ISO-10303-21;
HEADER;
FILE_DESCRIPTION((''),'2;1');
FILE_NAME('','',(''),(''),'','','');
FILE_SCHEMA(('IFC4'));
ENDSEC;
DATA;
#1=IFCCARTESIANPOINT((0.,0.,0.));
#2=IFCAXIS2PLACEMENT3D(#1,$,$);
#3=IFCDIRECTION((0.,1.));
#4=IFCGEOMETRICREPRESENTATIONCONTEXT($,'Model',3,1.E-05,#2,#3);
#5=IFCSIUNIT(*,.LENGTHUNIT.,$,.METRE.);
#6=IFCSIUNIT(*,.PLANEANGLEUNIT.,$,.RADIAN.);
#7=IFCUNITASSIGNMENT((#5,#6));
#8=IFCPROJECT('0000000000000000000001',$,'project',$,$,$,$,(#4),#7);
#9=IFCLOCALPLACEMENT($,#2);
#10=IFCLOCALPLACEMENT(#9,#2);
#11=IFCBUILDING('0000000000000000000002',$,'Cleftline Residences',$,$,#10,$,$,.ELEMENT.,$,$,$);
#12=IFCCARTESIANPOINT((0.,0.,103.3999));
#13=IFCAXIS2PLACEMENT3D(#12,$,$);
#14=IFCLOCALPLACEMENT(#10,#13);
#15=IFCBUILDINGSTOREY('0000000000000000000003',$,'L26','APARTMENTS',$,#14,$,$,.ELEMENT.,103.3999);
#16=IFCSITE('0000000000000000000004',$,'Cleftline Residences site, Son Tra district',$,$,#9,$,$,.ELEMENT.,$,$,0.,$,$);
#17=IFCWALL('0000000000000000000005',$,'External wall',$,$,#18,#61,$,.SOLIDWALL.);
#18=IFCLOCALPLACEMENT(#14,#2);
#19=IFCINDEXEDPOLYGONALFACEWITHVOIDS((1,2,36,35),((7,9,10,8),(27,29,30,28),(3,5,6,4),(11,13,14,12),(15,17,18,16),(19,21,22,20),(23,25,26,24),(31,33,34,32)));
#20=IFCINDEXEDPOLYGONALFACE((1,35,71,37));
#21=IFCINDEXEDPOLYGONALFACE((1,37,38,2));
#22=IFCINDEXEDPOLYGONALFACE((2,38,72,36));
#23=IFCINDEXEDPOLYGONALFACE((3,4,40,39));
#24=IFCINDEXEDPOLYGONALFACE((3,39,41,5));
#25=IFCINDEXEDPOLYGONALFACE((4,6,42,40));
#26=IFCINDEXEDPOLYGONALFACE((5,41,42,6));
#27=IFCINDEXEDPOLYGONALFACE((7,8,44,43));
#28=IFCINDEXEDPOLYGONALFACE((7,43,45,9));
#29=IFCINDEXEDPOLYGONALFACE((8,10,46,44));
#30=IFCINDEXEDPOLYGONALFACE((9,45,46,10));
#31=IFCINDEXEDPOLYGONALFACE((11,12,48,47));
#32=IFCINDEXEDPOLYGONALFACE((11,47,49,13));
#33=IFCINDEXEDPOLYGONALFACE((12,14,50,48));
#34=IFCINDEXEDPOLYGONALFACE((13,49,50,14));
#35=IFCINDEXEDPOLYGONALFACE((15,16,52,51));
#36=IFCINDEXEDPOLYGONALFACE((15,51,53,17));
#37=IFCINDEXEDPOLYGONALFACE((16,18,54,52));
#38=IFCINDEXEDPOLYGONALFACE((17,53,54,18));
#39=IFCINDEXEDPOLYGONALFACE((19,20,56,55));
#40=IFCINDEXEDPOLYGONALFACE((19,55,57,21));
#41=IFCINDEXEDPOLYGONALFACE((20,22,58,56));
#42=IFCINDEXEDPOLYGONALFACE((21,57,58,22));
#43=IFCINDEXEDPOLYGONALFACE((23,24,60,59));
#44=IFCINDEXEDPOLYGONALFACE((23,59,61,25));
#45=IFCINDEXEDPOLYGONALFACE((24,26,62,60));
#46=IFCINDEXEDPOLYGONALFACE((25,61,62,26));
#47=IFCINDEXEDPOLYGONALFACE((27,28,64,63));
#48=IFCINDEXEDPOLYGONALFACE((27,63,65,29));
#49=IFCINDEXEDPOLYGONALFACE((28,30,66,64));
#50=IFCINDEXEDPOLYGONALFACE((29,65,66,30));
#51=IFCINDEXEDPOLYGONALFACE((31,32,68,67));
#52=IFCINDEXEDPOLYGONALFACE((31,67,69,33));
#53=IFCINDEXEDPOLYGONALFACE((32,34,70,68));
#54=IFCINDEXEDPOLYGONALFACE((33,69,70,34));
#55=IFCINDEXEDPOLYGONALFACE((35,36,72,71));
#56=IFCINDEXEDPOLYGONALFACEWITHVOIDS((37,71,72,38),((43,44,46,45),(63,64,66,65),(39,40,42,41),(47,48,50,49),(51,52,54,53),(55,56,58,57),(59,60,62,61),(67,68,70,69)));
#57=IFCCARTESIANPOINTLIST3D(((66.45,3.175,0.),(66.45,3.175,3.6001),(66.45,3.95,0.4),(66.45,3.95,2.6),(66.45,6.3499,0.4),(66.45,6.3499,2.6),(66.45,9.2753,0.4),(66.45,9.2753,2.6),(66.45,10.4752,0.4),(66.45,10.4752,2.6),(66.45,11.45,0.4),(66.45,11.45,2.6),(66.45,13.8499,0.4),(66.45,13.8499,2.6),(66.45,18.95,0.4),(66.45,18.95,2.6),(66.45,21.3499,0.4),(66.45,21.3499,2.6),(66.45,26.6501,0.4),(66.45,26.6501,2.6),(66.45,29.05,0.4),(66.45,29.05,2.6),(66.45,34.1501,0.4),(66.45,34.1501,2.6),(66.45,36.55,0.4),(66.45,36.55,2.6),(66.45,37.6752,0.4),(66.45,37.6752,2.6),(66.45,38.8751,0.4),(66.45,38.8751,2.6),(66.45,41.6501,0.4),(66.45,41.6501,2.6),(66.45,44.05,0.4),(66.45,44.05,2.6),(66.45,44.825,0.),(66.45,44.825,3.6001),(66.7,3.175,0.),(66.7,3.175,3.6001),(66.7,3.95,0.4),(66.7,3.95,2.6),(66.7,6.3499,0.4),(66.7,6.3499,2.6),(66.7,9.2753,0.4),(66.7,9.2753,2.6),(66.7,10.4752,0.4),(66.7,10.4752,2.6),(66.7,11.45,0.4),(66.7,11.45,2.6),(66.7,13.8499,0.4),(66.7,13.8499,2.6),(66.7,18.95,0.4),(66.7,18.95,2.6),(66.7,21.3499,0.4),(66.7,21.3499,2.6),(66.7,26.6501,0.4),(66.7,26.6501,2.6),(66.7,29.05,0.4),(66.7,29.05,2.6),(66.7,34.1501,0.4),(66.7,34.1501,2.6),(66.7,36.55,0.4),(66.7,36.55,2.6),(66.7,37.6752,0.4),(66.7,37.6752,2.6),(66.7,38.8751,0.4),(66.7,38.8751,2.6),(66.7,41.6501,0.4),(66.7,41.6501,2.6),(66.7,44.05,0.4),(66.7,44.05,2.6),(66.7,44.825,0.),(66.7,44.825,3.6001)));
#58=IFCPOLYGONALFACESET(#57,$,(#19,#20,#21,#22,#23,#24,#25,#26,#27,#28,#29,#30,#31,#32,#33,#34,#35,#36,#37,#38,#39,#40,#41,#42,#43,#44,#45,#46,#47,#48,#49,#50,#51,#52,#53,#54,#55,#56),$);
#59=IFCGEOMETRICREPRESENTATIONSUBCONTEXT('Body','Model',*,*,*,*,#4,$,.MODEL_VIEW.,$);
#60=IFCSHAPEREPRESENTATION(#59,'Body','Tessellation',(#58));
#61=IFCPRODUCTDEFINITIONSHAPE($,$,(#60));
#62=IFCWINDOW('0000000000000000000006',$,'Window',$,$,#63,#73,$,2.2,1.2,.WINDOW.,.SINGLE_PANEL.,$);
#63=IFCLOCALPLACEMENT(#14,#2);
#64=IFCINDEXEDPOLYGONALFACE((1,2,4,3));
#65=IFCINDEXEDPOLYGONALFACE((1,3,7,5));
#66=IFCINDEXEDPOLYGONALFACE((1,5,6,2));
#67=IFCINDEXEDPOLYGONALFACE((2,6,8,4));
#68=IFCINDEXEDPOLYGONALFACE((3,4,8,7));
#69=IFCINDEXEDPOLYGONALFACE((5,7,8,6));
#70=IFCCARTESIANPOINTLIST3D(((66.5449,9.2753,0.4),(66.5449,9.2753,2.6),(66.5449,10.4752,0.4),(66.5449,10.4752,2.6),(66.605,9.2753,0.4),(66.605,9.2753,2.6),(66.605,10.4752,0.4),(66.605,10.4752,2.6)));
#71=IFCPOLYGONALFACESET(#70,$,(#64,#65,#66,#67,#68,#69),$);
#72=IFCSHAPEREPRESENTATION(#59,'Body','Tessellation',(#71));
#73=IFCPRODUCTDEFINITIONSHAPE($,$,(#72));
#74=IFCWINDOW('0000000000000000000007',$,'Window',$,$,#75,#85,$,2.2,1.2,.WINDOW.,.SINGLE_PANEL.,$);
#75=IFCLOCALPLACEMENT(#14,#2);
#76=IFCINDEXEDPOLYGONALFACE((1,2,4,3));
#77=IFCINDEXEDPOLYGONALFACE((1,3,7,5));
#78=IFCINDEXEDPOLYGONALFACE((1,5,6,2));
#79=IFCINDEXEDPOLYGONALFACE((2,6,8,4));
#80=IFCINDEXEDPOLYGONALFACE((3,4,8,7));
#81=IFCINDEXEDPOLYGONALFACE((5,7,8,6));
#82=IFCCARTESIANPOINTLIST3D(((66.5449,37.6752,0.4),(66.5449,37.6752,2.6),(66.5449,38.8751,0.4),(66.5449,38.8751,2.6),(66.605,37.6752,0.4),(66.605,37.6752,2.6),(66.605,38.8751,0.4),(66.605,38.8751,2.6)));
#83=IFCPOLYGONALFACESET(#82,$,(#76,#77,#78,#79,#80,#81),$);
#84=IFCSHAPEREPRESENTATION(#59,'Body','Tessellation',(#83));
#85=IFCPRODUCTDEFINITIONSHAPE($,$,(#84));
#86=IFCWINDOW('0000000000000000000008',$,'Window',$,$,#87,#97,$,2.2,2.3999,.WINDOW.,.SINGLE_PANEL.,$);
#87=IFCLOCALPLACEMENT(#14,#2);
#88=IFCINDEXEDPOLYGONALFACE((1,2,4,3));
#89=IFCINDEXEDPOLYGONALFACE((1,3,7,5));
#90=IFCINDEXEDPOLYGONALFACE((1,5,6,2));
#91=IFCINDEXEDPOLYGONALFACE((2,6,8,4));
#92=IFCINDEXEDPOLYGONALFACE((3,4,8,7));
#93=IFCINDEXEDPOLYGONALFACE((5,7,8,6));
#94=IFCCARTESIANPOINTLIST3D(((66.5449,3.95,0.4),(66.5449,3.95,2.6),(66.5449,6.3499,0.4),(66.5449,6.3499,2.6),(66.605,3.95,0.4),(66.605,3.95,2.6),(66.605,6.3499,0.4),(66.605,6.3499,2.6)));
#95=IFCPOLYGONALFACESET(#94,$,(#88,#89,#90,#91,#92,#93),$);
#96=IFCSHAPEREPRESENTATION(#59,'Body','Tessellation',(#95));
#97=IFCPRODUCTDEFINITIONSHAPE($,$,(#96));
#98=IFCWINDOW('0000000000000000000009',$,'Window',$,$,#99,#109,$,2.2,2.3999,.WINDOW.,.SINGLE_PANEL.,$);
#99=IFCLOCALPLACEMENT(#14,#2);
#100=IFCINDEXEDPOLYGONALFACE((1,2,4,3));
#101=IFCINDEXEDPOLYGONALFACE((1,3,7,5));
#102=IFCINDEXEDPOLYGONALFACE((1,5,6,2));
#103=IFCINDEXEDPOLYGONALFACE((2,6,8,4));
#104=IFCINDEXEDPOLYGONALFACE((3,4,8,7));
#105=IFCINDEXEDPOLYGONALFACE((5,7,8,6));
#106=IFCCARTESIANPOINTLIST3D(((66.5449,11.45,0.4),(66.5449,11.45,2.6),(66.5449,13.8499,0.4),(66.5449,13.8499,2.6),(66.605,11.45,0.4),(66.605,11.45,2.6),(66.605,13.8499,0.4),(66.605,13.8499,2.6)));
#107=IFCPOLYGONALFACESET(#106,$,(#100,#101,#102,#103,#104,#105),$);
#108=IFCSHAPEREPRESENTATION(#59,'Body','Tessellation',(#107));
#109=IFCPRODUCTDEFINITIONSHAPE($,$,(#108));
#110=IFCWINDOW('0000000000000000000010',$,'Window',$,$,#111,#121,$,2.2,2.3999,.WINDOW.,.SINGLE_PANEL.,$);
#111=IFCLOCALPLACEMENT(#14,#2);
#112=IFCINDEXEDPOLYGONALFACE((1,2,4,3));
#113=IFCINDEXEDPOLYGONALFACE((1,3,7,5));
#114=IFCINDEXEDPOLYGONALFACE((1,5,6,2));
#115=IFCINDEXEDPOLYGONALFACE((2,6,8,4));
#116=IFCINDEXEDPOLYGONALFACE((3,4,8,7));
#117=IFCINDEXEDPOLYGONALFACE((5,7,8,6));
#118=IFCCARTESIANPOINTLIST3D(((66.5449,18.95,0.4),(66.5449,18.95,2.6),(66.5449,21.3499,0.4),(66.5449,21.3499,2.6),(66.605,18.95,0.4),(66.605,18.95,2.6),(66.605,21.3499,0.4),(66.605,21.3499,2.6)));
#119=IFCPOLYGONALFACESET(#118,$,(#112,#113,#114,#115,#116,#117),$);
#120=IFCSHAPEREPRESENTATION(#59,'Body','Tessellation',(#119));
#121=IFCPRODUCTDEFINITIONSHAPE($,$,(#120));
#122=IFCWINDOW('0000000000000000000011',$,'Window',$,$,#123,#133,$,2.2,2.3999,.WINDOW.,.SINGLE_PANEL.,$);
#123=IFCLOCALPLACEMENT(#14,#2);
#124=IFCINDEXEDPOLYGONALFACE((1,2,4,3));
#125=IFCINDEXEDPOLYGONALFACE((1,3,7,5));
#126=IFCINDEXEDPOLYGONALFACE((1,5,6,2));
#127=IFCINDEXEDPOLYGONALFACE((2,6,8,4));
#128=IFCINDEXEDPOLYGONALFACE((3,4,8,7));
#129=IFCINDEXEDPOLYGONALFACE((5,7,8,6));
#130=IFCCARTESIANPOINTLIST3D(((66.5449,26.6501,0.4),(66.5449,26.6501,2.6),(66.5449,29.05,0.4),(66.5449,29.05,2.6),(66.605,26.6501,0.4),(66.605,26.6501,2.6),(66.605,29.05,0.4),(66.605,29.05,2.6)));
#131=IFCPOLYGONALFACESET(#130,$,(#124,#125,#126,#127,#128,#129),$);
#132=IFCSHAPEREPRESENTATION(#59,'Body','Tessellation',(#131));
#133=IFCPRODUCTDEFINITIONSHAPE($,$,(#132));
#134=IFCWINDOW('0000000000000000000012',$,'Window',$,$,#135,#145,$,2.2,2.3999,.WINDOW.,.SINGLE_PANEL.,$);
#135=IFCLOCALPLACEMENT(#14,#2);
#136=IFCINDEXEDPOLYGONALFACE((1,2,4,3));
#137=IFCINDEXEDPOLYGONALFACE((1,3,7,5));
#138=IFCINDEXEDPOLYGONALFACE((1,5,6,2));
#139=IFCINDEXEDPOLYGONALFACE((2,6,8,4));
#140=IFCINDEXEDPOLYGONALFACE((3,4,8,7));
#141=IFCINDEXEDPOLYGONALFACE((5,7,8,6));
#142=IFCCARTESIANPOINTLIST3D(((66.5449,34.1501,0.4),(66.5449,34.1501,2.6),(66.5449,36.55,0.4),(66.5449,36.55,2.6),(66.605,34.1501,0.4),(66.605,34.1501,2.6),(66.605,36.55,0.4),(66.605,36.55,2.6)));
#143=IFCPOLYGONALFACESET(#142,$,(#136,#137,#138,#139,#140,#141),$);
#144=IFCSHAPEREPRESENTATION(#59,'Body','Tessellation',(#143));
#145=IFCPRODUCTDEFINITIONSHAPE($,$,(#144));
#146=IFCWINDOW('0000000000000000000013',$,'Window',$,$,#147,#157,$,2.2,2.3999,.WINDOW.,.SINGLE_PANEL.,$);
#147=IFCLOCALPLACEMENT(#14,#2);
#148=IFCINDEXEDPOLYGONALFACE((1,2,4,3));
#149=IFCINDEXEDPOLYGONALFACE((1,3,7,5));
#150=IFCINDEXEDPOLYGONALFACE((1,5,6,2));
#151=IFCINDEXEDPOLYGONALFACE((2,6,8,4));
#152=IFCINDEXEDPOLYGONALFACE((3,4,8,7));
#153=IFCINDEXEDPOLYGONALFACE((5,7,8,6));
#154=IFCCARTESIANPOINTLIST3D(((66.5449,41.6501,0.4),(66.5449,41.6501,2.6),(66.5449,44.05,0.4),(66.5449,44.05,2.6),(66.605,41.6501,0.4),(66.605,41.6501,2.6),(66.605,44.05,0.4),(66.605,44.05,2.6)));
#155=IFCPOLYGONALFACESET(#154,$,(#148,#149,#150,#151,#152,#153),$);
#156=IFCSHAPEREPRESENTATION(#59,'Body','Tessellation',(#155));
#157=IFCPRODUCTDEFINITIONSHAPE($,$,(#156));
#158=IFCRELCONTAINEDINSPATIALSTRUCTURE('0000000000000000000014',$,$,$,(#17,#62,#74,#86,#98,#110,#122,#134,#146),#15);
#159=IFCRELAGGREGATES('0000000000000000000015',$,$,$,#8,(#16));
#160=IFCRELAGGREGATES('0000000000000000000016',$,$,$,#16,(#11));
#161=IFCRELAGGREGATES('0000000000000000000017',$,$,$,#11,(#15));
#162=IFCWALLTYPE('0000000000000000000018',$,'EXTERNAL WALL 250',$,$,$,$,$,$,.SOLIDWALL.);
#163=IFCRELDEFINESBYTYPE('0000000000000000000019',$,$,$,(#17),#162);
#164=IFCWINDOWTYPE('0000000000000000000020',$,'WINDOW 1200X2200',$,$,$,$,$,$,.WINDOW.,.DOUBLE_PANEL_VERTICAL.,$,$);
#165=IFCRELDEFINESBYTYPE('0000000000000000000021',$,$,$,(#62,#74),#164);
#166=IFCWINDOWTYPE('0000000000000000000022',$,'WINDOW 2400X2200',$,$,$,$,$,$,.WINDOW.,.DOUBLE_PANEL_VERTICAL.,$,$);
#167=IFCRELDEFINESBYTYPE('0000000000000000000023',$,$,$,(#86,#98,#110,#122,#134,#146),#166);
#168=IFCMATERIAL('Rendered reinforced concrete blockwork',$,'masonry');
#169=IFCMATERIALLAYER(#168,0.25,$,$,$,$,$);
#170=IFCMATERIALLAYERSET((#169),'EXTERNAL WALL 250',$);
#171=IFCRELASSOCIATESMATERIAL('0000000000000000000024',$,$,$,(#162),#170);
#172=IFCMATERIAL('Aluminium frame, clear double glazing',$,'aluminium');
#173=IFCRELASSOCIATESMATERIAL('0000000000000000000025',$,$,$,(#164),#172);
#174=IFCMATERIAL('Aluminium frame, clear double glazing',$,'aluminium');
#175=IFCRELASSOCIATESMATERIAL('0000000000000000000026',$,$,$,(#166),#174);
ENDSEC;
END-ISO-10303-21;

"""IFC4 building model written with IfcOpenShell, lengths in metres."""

from ifc_helpers import new_model, si_unit, direction, frame, frame_2d, origin, place, context, subcontext, project, spatial, rectangle, extrude, material, layer, layer_set, type_object, element, fill, save


model = new_model("IFC4")

# Units and contexts
model_context = context("Model", 3, precision=1e-05, world=origin(), true_north=direction((0.0, 1.0)))
body_context = subcontext(model_context, "Body", "Model", "MODEL_VIEW")
ifc_project = project(units=[si_unit("LENGTHUNIT", "METRE"), si_unit("PLANEANGLEUNIT", "RADIAN")], contexts=[model_context])

# Site, building, storey
site_placement = place(None, origin())
site = spatial("IfcSite", under=ifc_project, at=site_placement, Name="Cleftline Residences site, Son Tra district", CompositionType="ELEMENT", RefElevation=0.0)
building_placement = place(site_placement, origin())
building = spatial("IfcBuilding", under=site, at=building_placement, Name="Cleftline Residences", CompositionType="ELEMENT")
storey_placement = place(building_placement, frame((0.0, 0.0, 103.3999)))
storey = spatial("IfcBuildingStorey", under=building, at=storey_placement, Name="L26", Description="APARTMENTS", CompositionType="ELEMENT", Elevation=103.3999)

# Wall, openings, windows
ifc_material_1 = material(Name="Rendered reinforced concrete blockwork", Category="masonry")
ifc_layer_1 = layer(ifc_material_1, 0.25)
ifc_layer_set_1 = layer_set([ifc_layer_1], Name="EXTERNAL WALL 250")
wall_type = type_object("IfcWallType", Name="EXTERNAL WALL 250", PredefinedType="SOLIDWALL", material=ifc_layer_set_1)
wall_placement = place(storey_placement, frame((66.575, 3.175, 0.0), z_axis=(0.0, 0.0, 1.0), x_axis=(0.0, 1.0, 0.0)))
wall = element("IfcWall", 1, at=wall_placement, inside=storey, type_object=wall_type, Name="External wall", PredefinedType="SOLIDWALL", context=body_context, shape_type="SweptSolid", body=[
    extrude(rectangle(XDim=41.6499, YDim=0.25, at=frame_2d((20.825, 0.0))), origin(), (0.0, 0.0, 1.0), 3.6001),
])
opening_1_placement = place(wall_placement, frame((0.7749, 0.0, 0.3999)))
opening_1 = element("IfcOpeningElement", 2, at=opening_1_placement, cuts=wall, PredefinedType="OPENING", context=body_context, shape_type="SweptSolid", body=[
    extrude(rectangle(XDim=2.3999, YDim=2.2, at=frame_2d((1.2, 1.1001))), frame((0.0, 0.135, 0.0), z_axis=(0.0, -1.0, 0.0), x_axis=(1.0, 0.0, 0.0)), (0.0, 0.0, 1.0), 0.27),
])
opening_2_placement = place(wall_placement, frame((6.1001, 0.0, 0.3999)))
opening_2 = element("IfcOpeningElement", 3, at=opening_2_placement, cuts=wall, PredefinedType="OPENING", context=body_context, shape_type="SweptSolid", body=[
    extrude(rectangle(XDim=1.2, YDim=2.2, at=frame_2d((0.6001, 1.1001))), frame((0.0, 0.135, 0.0), z_axis=(0.0, -1.0, 0.0), x_axis=(1.0, 0.0, 0.0)), (0.0, 0.0, 1.0), 0.27),
])
opening_3_placement = place(wall_placement, frame((8.2749, 0.0, 0.3999)))
opening_3 = element("IfcOpeningElement", 4, at=opening_3_placement, cuts=wall, PredefinedType="OPENING", context=body_context, shape_type="SweptSolid", body=[
    extrude(rectangle(XDim=2.3999, YDim=2.2, at=frame_2d((1.2, 1.1001))), frame((0.0, 0.135, 0.0), z_axis=(0.0, -1.0, 0.0), x_axis=(1.0, 0.0, 0.0)), (0.0, 0.0, 1.0), 0.27),
])
opening_4_placement = place(wall_placement, frame((15.7749, 0.0, 0.3999)))
opening_4 = element("IfcOpeningElement", 5, at=opening_4_placement, cuts=wall, PredefinedType="OPENING", context=body_context, shape_type="SweptSolid", body=[
    extrude(rectangle(XDim=2.3999, YDim=2.2, at=frame_2d((1.2, 1.1001))), frame((0.0, 0.135, 0.0), z_axis=(0.0, -1.0, 0.0), x_axis=(1.0, 0.0, 0.0)), (0.0, 0.0, 1.0), 0.27),
])
opening_5_placement = place(wall_placement, frame((23.4751, 0.0, 0.3999)))
opening_5 = element("IfcOpeningElement", 6, at=opening_5_placement, cuts=wall, PredefinedType="OPENING", context=body_context, shape_type="SweptSolid", body=[
    extrude(rectangle(XDim=2.3999, YDim=2.2, at=frame_2d((1.2, 1.1001))), frame((0.0, 0.135, 0.0), z_axis=(0.0, -1.0, 0.0), x_axis=(1.0, 0.0, 0.0)), (0.0, 0.0, 1.0), 0.27),
])
opening_6_placement = place(wall_placement, frame((30.9751, 0.0, 0.3999)))
opening_6 = element("IfcOpeningElement", 7, at=opening_6_placement, cuts=wall, PredefinedType="OPENING", context=body_context, shape_type="SweptSolid", body=[
    extrude(rectangle(XDim=2.3999, YDim=2.2, at=frame_2d((1.2, 1.1001))), frame((0.0, 0.135, 0.0), z_axis=(0.0, -1.0, 0.0), x_axis=(1.0, 0.0, 0.0)), (0.0, 0.0, 1.0), 0.27),
])
opening_7_placement = place(wall_placement, frame((34.5, 0.0, 0.3999)))
opening_7 = element("IfcOpeningElement", 8, at=opening_7_placement, cuts=wall, PredefinedType="OPENING", context=body_context, shape_type="SweptSolid", body=[
    extrude(rectangle(XDim=1.2, YDim=2.2, at=frame_2d((0.6001, 1.1001))), frame((0.0, 0.135, 0.0), z_axis=(0.0, -1.0, 0.0), x_axis=(1.0, 0.0, 0.0)), (0.0, 0.0, 1.0), 0.27),
])
opening_8_placement = place(wall_placement, frame((38.4751, 0.0, 0.3999)))
opening_8 = element("IfcOpeningElement", 9, at=opening_8_placement, cuts=wall, PredefinedType="OPENING", context=body_context, shape_type="SweptSolid", body=[
    extrude(rectangle(XDim=2.3999, YDim=2.2, at=frame_2d((1.2, 1.1001))), frame((0.0, 0.135, 0.0), z_axis=(0.0, -1.0, 0.0), x_axis=(1.0, 0.0, 0.0)), (0.0, 0.0, 1.0), 0.27),
])
ifc_material_2 = material(Name="Aluminium frame, clear double glazing", Category="aluminium")
window_type_1 = type_object("IfcWindowType", Name="WINDOW 1200X2200", PartitioningType="DOUBLE_PANEL_VERTICAL", PredefinedType="WINDOW", material=ifc_material_2)
window_1_placement = place(opening_2_placement, origin())
window_1 = element("IfcWindow", 10, at=window_1_placement, inside=storey, type_object=window_type_1, Name="Window", OverallHeight=2.2, OverallWidth=1.2, PartitioningType="SINGLE_PANEL", PredefinedType="WINDOW", context=body_context, shape_type="SweptSolid", body=[
    extrude(rectangle(XDim=1.2, YDim=2.2, at=frame_2d((0.6001, 1.1001))), frame((0.0, 0.03, 0.0), z_axis=(0.0, -1.0, 0.0), x_axis=(1.0, 0.0, 0.0)), (0.0, 0.0, 1.0), 0.0601),
])
fill(opening_2, window_1)
window_2_placement = place(opening_7_placement, origin())
window_2 = element("IfcWindow", 11, at=window_2_placement, inside=storey, type_object=window_type_1, Name="Window", OverallHeight=2.2, OverallWidth=1.2, PartitioningType="SINGLE_PANEL", PredefinedType="WINDOW", context=body_context, shape_type="SweptSolid", body=[
    extrude(rectangle(XDim=1.2, YDim=2.2, at=frame_2d((0.6001, 1.1001))), frame((0.0, 0.03, 0.0), z_axis=(0.0, -1.0, 0.0), x_axis=(1.0, 0.0, 0.0)), (0.0, 0.0, 1.0), 0.0601),
])
fill(opening_7, window_2)
ifc_material_3 = material(Name="Aluminium frame, clear double glazing", Category="aluminium")
window_type_2 = type_object("IfcWindowType", Name="WINDOW 2400X2200", PartitioningType="DOUBLE_PANEL_VERTICAL", PredefinedType="WINDOW", material=ifc_material_3)
window_3_placement = place(opening_1_placement, origin())
window_3 = element("IfcWindow", 12, at=window_3_placement, inside=storey, type_object=window_type_2, Name="Window", OverallHeight=2.2, OverallWidth=2.3999, PartitioningType="SINGLE_PANEL", PredefinedType="WINDOW", context=body_context, shape_type="SweptSolid", body=[
    extrude(rectangle(XDim=2.3999, YDim=2.2, at=frame_2d((1.2, 1.1001))), frame((0.0, 0.03, 0.0), z_axis=(0.0, -1.0, 0.0), x_axis=(1.0, 0.0, 0.0)), (0.0, 0.0, 1.0), 0.0601),
])
fill(opening_1, window_3)
window_4_placement = place(opening_3_placement, origin())
window_4 = element("IfcWindow", 13, at=window_4_placement, inside=storey, type_object=window_type_2, Name="Window", OverallHeight=2.2, OverallWidth=2.3999, PartitioningType="SINGLE_PANEL", PredefinedType="WINDOW", context=body_context, shape_type="SweptSolid", body=[
    extrude(rectangle(XDim=2.3999, YDim=2.2, at=frame_2d((1.2, 1.1001))), frame((0.0, 0.03, 0.0), z_axis=(0.0, -1.0, 0.0), x_axis=(1.0, 0.0, 0.0)), (0.0, 0.0, 1.0), 0.0601),
])
fill(opening_3, window_4)
window_5_placement = place(opening_4_placement, origin())
window_5 = element("IfcWindow", 14, at=window_5_placement, inside=storey, type_object=window_type_2, Name="Window", OverallHeight=2.2, OverallWidth=2.3999, PartitioningType="SINGLE_PANEL", PredefinedType="WINDOW", context=body_context, shape_type="SweptSolid", body=[
    extrude(rectangle(XDim=2.3999, YDim=2.2, at=frame_2d((1.2, 1.1001))), frame((0.0, 0.03, 0.0), z_axis=(0.0, -1.0, 0.0), x_axis=(1.0, 0.0, 0.0)), (0.0, 0.0, 1.0), 0.0601),
])
fill(opening_4, window_5)
window_6_placement = place(opening_5_placement, origin())
window_6 = element("IfcWindow", 15, at=window_6_placement, inside=storey, type_object=window_type_2, Name="Window", OverallHeight=2.2, OverallWidth=2.3999, PartitioningType="SINGLE_PANEL", PredefinedType="WINDOW", context=body_context, shape_type="SweptSolid", body=[
    extrude(rectangle(XDim=2.3999, YDim=2.2, at=frame_2d((1.2, 1.1001))), frame((0.0, 0.03, 0.0), z_axis=(0.0, -1.0, 0.0), x_axis=(1.0, 0.0, 0.0)), (0.0, 0.0, 1.0), 0.0601),
])
fill(opening_5, window_6)
window_7_placement = place(opening_6_placement, origin())
window_7 = element("IfcWindow", 16, at=window_7_placement, inside=storey, type_object=window_type_2, Name="Window", OverallHeight=2.2, OverallWidth=2.3999, PartitioningType="SINGLE_PANEL", PredefinedType="WINDOW", context=body_context, shape_type="SweptSolid", body=[
    extrude(rectangle(XDim=2.3999, YDim=2.2, at=frame_2d((1.2, 1.1001))), frame((0.0, 0.03, 0.0), z_axis=(0.0, -1.0, 0.0), x_axis=(1.0, 0.0, 0.0)), (0.0, 0.0, 1.0), 0.0601),
])
fill(opening_6, window_7)
window_8_placement = place(opening_8_placement, origin())
window_8 = element("IfcWindow", 17, at=window_8_placement, inside=storey, type_object=window_type_2, Name="Window", OverallHeight=2.2, OverallWidth=2.3999, PartitioningType="SINGLE_PANEL", PredefinedType="WINDOW", context=body_context, shape_type="SweptSolid", body=[
    extrude(rectangle(XDim=2.3999, YDim=2.2, at=frame_2d((1.2, 1.1001))), frame((0.0, 0.03, 0.0), z_axis=(0.0, -1.0, 0.0), x_axis=(1.0, 0.0, 0.0)), (0.0, 0.0, 1.0), 0.0601),
])
fill(opening_8, window_8)

save(model, "model.ifc")
